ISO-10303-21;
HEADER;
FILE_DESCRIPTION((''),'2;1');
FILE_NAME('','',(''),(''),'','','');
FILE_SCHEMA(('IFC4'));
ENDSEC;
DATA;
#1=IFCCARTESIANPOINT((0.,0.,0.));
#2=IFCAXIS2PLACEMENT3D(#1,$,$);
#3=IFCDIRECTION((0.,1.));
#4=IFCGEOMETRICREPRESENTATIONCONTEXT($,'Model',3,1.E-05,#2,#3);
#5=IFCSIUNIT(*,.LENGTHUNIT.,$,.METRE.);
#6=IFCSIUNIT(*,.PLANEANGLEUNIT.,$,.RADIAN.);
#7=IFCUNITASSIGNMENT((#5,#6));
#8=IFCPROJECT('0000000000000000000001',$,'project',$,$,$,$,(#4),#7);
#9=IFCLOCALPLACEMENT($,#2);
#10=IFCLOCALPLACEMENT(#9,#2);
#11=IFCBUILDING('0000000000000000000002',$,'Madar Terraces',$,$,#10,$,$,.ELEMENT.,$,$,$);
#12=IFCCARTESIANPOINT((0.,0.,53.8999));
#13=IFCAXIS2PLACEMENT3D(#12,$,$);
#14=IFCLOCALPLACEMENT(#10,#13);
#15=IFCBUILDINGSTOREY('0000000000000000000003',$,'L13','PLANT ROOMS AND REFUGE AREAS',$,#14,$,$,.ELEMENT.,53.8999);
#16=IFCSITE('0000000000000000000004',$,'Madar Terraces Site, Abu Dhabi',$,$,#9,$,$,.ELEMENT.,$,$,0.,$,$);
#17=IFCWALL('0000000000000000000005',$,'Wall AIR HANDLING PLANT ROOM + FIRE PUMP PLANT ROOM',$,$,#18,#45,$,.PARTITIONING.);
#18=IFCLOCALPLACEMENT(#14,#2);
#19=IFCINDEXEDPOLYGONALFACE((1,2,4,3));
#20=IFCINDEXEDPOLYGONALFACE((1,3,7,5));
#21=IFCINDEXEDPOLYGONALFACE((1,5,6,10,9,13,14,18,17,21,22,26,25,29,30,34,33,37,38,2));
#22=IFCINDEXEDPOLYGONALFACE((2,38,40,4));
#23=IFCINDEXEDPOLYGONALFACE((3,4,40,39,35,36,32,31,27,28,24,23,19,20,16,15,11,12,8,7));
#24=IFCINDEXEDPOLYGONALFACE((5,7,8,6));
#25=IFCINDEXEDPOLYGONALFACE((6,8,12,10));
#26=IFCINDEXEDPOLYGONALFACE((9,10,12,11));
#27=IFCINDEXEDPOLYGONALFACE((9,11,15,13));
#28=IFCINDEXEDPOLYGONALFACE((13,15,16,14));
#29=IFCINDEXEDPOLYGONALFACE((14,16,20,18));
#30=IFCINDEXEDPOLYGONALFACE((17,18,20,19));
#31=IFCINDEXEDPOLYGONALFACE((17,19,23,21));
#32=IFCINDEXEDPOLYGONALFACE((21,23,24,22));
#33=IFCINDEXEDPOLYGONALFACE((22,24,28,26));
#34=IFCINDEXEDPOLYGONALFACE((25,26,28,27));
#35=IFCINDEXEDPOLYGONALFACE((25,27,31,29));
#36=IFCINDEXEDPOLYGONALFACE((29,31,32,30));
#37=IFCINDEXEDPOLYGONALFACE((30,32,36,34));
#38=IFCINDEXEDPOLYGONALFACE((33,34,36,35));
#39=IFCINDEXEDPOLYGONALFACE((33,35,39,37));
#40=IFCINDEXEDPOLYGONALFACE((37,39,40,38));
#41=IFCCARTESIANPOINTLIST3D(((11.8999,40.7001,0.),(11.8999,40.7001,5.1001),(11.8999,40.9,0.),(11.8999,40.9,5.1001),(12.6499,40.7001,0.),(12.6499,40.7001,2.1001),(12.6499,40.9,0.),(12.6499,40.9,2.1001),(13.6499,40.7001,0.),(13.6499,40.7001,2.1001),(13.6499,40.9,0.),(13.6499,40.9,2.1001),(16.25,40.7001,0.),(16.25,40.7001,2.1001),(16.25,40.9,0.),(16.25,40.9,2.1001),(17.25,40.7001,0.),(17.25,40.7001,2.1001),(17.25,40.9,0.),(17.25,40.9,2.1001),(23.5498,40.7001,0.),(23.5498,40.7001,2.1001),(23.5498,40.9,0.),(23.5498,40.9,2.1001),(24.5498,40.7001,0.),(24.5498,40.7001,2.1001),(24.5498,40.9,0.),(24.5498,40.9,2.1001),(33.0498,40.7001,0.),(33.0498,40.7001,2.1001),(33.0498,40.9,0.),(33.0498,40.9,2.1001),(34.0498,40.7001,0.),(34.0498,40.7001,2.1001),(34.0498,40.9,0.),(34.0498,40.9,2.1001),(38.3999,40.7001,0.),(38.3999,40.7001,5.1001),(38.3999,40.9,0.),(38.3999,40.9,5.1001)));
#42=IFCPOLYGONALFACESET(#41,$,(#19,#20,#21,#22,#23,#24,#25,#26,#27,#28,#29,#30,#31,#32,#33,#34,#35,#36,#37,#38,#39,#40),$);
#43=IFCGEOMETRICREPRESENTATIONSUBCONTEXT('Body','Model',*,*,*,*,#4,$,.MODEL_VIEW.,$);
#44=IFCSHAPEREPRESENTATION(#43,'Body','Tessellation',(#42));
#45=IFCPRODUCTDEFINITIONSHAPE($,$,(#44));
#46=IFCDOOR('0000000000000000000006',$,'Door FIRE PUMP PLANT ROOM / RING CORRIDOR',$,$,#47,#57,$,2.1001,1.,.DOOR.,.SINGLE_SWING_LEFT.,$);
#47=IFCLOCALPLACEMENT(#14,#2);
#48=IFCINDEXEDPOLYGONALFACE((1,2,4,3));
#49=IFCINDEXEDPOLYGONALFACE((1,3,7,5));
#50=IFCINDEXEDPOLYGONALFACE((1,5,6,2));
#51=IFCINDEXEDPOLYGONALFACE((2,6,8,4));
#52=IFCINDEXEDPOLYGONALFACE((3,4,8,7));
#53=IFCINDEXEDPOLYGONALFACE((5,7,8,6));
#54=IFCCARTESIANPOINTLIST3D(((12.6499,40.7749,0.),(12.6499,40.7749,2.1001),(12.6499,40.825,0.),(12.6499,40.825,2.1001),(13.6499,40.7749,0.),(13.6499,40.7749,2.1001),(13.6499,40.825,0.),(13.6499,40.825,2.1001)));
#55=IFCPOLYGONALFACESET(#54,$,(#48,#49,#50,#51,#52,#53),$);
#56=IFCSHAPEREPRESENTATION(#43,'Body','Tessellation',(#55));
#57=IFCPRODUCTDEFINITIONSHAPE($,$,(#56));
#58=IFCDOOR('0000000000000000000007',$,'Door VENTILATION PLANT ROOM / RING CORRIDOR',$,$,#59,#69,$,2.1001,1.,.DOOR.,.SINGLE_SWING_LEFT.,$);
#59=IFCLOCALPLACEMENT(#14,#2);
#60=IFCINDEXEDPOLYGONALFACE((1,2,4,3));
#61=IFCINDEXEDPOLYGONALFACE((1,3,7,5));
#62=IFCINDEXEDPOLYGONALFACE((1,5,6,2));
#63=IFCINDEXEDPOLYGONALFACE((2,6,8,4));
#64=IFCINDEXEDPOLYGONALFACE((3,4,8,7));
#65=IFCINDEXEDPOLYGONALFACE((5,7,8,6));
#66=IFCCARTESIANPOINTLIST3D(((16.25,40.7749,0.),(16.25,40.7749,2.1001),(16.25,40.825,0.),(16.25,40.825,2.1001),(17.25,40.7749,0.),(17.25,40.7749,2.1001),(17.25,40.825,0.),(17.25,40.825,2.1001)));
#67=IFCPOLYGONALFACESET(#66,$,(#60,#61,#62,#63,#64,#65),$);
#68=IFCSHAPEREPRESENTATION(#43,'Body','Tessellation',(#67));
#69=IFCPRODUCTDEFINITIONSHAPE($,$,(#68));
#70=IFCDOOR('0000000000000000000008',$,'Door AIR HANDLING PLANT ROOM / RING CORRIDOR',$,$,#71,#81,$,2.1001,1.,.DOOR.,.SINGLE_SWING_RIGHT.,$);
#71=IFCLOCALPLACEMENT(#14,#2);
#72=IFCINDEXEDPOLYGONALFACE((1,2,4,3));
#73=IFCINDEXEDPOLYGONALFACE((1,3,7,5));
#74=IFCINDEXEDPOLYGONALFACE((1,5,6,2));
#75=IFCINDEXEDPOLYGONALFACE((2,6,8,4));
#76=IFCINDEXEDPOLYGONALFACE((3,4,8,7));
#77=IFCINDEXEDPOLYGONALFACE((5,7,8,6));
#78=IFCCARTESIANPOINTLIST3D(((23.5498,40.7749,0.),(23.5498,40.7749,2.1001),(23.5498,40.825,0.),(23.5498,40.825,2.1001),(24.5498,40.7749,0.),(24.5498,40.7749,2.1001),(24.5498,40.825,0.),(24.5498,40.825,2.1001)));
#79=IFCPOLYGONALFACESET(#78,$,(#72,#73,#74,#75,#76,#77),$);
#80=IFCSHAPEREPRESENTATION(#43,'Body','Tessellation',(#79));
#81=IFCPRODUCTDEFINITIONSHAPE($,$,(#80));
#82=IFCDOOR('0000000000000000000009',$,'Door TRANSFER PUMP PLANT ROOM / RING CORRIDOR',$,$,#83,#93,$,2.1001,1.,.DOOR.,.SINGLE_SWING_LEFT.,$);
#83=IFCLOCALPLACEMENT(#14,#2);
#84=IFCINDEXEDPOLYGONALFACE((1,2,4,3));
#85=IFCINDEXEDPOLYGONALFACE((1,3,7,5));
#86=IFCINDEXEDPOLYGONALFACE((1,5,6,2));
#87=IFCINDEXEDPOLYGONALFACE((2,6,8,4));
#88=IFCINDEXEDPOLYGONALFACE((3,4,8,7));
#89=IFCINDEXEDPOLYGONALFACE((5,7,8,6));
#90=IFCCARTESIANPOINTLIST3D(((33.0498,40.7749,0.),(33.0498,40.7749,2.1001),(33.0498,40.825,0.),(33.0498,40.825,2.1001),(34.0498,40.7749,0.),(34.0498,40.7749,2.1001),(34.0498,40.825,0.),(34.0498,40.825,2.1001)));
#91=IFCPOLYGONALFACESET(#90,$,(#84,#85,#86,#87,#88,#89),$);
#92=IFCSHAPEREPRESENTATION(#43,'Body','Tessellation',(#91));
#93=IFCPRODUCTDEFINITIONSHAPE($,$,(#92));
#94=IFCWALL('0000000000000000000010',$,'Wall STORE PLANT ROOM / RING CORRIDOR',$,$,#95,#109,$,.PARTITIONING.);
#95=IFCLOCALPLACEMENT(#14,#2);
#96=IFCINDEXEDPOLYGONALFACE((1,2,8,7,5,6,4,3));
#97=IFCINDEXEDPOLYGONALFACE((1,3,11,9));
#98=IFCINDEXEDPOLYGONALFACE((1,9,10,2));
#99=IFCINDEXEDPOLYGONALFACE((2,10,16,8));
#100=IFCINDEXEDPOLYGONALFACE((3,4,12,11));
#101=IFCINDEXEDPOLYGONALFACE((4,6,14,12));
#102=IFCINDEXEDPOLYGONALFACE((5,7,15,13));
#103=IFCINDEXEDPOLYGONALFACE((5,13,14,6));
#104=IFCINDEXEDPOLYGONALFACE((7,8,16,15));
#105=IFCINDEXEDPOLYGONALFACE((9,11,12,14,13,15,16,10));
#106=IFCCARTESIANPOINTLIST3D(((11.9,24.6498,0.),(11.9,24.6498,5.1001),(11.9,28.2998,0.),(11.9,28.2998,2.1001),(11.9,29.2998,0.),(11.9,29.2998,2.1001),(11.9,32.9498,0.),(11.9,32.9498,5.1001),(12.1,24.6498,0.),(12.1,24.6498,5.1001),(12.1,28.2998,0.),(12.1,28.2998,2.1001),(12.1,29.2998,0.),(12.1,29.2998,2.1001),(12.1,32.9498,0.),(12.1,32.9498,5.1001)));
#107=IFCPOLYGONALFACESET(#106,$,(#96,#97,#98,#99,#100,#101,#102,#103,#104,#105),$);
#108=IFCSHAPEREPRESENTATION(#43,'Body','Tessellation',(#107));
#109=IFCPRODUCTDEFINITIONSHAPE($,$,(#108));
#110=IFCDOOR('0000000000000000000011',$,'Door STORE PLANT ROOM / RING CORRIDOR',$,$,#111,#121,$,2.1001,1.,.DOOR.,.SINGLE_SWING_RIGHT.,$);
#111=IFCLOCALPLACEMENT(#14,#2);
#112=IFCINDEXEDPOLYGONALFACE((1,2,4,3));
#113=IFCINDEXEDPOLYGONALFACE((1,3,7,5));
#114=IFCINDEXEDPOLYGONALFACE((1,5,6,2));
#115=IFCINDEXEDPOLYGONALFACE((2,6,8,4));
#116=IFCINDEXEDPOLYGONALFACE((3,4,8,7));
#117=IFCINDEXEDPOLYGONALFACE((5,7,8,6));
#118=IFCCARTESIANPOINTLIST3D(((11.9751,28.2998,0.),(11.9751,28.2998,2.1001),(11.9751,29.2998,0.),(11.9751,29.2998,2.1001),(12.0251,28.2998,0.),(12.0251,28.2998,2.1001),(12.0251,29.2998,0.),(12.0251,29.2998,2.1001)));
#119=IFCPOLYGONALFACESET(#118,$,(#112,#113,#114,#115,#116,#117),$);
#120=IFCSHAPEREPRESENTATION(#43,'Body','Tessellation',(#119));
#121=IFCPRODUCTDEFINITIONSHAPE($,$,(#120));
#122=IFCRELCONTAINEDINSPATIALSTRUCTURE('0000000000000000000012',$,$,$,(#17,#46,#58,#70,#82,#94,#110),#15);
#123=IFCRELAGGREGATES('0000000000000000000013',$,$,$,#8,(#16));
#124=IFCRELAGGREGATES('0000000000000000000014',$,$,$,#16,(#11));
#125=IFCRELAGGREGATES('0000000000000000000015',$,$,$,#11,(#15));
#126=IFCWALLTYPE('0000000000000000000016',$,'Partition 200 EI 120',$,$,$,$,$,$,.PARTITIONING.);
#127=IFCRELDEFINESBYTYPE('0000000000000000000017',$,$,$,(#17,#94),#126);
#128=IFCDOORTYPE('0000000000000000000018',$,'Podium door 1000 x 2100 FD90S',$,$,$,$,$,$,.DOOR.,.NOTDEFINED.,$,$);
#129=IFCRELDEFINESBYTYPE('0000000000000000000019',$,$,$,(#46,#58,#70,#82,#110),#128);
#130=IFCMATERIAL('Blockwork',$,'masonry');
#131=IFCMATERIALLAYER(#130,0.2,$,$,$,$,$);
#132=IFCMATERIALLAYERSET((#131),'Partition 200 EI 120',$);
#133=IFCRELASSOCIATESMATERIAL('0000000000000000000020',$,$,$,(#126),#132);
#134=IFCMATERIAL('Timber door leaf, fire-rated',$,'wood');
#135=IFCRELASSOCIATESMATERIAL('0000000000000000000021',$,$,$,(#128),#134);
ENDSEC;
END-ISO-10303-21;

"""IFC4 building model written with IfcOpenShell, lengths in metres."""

from ifc_helpers import new_model, si_unit, direction, frame, frame_2d, origin, place, context, subcontext, project, spatial, rectangle, extrude, material, layer, layer_set, type_object, element, fill, save


model = new_model("IFC4")

# Units and contexts
model_context = context("Model", 3, precision=1e-05, world=origin(), true_north=direction((0.0, 1.0)))
body_context = subcontext(model_context, "Body", "Model", "MODEL_VIEW")
ifc_project = project(units=[si_unit("LENGTHUNIT", "METRE"), si_unit("PLANEANGLEUNIT", "RADIAN")], contexts=[model_context])

# Site, building, storey
site_placement = place(None, origin())
site = spatial("IfcSite", under=ifc_project, at=site_placement, Name="Madar Terraces Site, Abu Dhabi", CompositionType="ELEMENT", RefElevation=0.0)
building_placement = place(site_placement, origin())
building = spatial("IfcBuilding", under=site, at=building_placement, Name="Madar Terraces", CompositionType="ELEMENT")
storey_placement = place(building_placement, frame((0.0, 0.0, 53.8999)))
storey = spatial("IfcBuildingStorey", under=building, at=storey_placement, Name="L13", Description="PLANT ROOMS AND REFUGE AREAS", CompositionType="ELEMENT", Elevation=53.8999)

# Wall, openings, doors
ifc_material_1 = material(Name="Blockwork", Category="masonry")
ifc_layer = layer(ifc_material_1, 0.2)
ifc_layer_set = layer_set([ifc_layer], Name="Partition 200 EI 120")
wall_type = type_object("IfcWallType", Name="Partition 200 EI 120", PredefinedType="PARTITIONING", material=ifc_layer_set)
wall_1_placement = place(storey_placement, frame((11.8999, 40.8, 0.0), z_axis=(0.0, 0.0, 1.0), x_axis=(1.0, 0.0, 0.0)))
wall_1 = element("IfcWall", 1, at=wall_1_placement, inside=storey, type_object=wall_type, Name="Wall AIR HANDLING PLANT ROOM + FIRE PUMP PLANT ROOM", PredefinedType="PARTITIONING", context=body_context, shape_type="SweptSolid", body=[
    extrude(rectangle(XDim=26.5, YDim=0.2, at=frame_2d((13.25, 0.0))), origin(), (0.0, 0.0, 1.0), 5.1001),
])
opening_1_placement = place(wall_1_placement, frame((0.75, 0.0, 0.0)))
opening_1 = element("IfcOpeningElement", 2, at=opening_1_placement, cuts=wall_1, PredefinedType="OPENING", context=body_context, shape_type="SweptSolid", body=[
    extrude(rectangle(XDim=1.0, YDim=2.1001, at=frame_2d((0.5, 1.05))), frame((0.0, 0.1099, 0.0), z_axis=(0.0, -1.0, 0.0), x_axis=(1.0, 0.0, 0.0)), (0.0, 0.0, 1.0), 0.22),
])
opening_2_placement = place(wall_1_placement, frame((4.3501, 0.0, 0.0)))
opening_2 = element("IfcOpeningElement", 3, at=opening_2_placement, cuts=wall_1, PredefinedType="OPENING", context=body_context, shape_type="SweptSolid", body=[
    extrude(rectangle(XDim=1.0, YDim=2.1001, at=frame_2d((0.5, 1.05))), frame((0.0, 0.1099, 0.0), z_axis=(0.0, -1.0, 0.0), x_axis=(1.0, 0.0, 0.0)), (0.0, 0.0, 1.0), 0.22),
])
opening_3_placement = place(wall_1_placement, frame((11.6499, 0.0, 0.0)))
opening_3 = element("IfcOpeningElement", 4, at=opening_3_placement, cuts=wall_1, PredefinedType="OPENING", context=body_context, shape_type="SweptSolid", body=[
    extrude(rectangle(XDim=1.0, YDim=2.1001, at=frame_2d((0.5, 1.05))), frame((0.0, 0.1099, 0.0), z_axis=(0.0, -1.0, 0.0), x_axis=(1.0, 0.0, 0.0)), (0.0, 0.0, 1.0), 0.22),
])
opening_4_placement = place(wall_1_placement, frame((21.1499, 0.0, 0.0)))
opening_4 = element("IfcOpeningElement", 5, at=opening_4_placement, cuts=wall_1, PredefinedType="OPENING", context=body_context, shape_type="SweptSolid", body=[
    extrude(rectangle(XDim=1.0, YDim=2.1001, at=frame_2d((0.5, 1.05))), frame((0.0, 0.1099, 0.0), z_axis=(0.0, -1.0, 0.0), x_axis=(1.0, 0.0, 0.0)), (0.0, 0.0, 1.0), 0.22),
])
ifc_material_2 = material(Name="Timber door leaf, fire-rated", Category="wood")
door_type = type_object("IfcDoorType", Name="Podium door 1000 x 2100 FD90S", OperationType="NOTDEFINED", PredefinedType="DOOR", material=ifc_material_2)
door_1_placement = place(opening_1_placement, origin())
door_1 = element("IfcDoor", 6, at=door_1_placement, inside=storey, type_object=door_type, Name="Door FIRE PUMP PLANT ROOM / RING CORRIDOR", OperationType="SINGLE_SWING_LEFT", OverallHeight=2.1001, OverallWidth=1.0, PredefinedType="DOOR", context=body_context, shape_type="SweptSolid", body=[
    extrude(rectangle(XDim=1.0, YDim=2.1001, at=frame_2d((0.5, 1.05))), frame((0.0, 0.0249, 0.0), z_axis=(0.0, -1.0, 0.0), x_axis=(1.0, 0.0, 0.0)), (0.0, 0.0, 1.0), 0.05),
])
fill(opening_1, door_1)
door_2_placement = place(opening_2_placement, origin())
door_2 = element("IfcDoor", 7, at=door_2_placement, inside=storey, type_object=door_type, Name="Door VENTILATION PLANT ROOM / RING CORRIDOR", OperationType="SINGLE_SWING_LEFT", OverallHeight=2.1001, OverallWidth=1.0, PredefinedType="DOOR", context=body_context, shape_type="SweptSolid", body=[
    extrude(rectangle(XDim=1.0, YDim=2.1001, at=frame_2d((0.5, 1.05))), frame((0.0, 0.0249, 0.0), z_axis=(0.0, -1.0, 0.0), x_axis=(1.0, 0.0, 0.0)), (0.0, 0.0, 1.0), 0.05),
])
fill(opening_2, door_2)
door_3_placement = place(opening_3_placement, origin())
door_3 = element("IfcDoor", 8, at=door_3_placement, inside=storey, type_object=door_type, Name="Door AIR HANDLING PLANT ROOM / RING CORRIDOR", OperationType="SINGLE_SWING_RIGHT", OverallHeight=2.1001, OverallWidth=1.0, PredefinedType="DOOR", context=body_context, shape_type="SweptSolid", body=[
    extrude(rectangle(XDim=1.0, YDim=2.1001, at=frame_2d((0.5, 1.05))), frame((0.0, 0.0249, 0.0), z_axis=(0.0, -1.0, 0.0), x_axis=(1.0, 0.0, 0.0)), (0.0, 0.0, 1.0), 0.05),
])
fill(opening_3, door_3)
door_4_placement = place(opening_4_placement, origin())
door_4 = element("IfcDoor", 9, at=door_4_placement, inside=storey, type_object=door_type, Name="Door TRANSFER PUMP PLANT ROOM / RING CORRIDOR", OperationType="SINGLE_SWING_LEFT", OverallHeight=2.1001, OverallWidth=1.0, PredefinedType="DOOR", context=body_context, shape_type="SweptSolid", body=[
    extrude(rectangle(XDim=1.0, YDim=2.1001, at=frame_2d((0.5, 1.05))), frame((0.0, 0.0249, 0.0), z_axis=(0.0, -1.0, 0.0), x_axis=(1.0, 0.0, 0.0)), (0.0, 0.0, 1.0), 0.05),
])
fill(opening_4, door_4)

# Wall, opening, door
wall_2_placement = place(storey_placement, frame((12.0, 24.6499, 0.0), z_axis=(0.0, 0.0, 1.0), x_axis=(0.0, 1.0, 0.0)))
wall_2 = element("IfcWall", 10, at=wall_2_placement, inside=storey, type_object=wall_type, Name="Wall STORE PLANT ROOM / RING CORRIDOR", PredefinedType="PARTITIONING", context=body_context, shape_type="SweptSolid", body=[
    extrude(rectangle(XDim=8.3, YDim=0.2, at=frame_2d((4.1499, 0.0))), origin(), (0.0, 0.0, 1.0), 5.1001),
])
opening_5_placement = place(wall_2_placement, frame((3.6499, 0.0, 0.0)))
opening_5 = element("IfcOpeningElement", 11, at=opening_5_placement, cuts=wall_2, PredefinedType="OPENING", context=body_context, shape_type="SweptSolid", body=[
    extrude(rectangle(XDim=1.0, YDim=2.1001, at=frame_2d((0.5, 1.05))), frame((0.0, 0.1099, 0.0), z_axis=(0.0, -1.0, 0.0), x_axis=(1.0, 0.0, 0.0)), (0.0, 0.0, 1.0), 0.22),
])
door_5_placement = place(opening_5_placement, origin())
door_5 = element("IfcDoor", 12, at=door_5_placement, inside=storey, type_object=door_type, Name="Door STORE PLANT ROOM / RING CORRIDOR", OperationType="SINGLE_SWING_RIGHT", OverallHeight=2.1001, OverallWidth=1.0, PredefinedType="DOOR", context=body_context, shape_type="SweptSolid", body=[
    extrude(rectangle(XDim=1.0, YDim=2.1001, at=frame_2d((0.5, 1.05))), frame((0.0, 0.0249, 0.0), z_axis=(0.0, -1.0, 0.0), x_axis=(1.0, 0.0, 0.0)), (0.0, 0.0, 1.0), 0.05),
])
fill(opening_5, door_5)

save(model, "model.ifc")
